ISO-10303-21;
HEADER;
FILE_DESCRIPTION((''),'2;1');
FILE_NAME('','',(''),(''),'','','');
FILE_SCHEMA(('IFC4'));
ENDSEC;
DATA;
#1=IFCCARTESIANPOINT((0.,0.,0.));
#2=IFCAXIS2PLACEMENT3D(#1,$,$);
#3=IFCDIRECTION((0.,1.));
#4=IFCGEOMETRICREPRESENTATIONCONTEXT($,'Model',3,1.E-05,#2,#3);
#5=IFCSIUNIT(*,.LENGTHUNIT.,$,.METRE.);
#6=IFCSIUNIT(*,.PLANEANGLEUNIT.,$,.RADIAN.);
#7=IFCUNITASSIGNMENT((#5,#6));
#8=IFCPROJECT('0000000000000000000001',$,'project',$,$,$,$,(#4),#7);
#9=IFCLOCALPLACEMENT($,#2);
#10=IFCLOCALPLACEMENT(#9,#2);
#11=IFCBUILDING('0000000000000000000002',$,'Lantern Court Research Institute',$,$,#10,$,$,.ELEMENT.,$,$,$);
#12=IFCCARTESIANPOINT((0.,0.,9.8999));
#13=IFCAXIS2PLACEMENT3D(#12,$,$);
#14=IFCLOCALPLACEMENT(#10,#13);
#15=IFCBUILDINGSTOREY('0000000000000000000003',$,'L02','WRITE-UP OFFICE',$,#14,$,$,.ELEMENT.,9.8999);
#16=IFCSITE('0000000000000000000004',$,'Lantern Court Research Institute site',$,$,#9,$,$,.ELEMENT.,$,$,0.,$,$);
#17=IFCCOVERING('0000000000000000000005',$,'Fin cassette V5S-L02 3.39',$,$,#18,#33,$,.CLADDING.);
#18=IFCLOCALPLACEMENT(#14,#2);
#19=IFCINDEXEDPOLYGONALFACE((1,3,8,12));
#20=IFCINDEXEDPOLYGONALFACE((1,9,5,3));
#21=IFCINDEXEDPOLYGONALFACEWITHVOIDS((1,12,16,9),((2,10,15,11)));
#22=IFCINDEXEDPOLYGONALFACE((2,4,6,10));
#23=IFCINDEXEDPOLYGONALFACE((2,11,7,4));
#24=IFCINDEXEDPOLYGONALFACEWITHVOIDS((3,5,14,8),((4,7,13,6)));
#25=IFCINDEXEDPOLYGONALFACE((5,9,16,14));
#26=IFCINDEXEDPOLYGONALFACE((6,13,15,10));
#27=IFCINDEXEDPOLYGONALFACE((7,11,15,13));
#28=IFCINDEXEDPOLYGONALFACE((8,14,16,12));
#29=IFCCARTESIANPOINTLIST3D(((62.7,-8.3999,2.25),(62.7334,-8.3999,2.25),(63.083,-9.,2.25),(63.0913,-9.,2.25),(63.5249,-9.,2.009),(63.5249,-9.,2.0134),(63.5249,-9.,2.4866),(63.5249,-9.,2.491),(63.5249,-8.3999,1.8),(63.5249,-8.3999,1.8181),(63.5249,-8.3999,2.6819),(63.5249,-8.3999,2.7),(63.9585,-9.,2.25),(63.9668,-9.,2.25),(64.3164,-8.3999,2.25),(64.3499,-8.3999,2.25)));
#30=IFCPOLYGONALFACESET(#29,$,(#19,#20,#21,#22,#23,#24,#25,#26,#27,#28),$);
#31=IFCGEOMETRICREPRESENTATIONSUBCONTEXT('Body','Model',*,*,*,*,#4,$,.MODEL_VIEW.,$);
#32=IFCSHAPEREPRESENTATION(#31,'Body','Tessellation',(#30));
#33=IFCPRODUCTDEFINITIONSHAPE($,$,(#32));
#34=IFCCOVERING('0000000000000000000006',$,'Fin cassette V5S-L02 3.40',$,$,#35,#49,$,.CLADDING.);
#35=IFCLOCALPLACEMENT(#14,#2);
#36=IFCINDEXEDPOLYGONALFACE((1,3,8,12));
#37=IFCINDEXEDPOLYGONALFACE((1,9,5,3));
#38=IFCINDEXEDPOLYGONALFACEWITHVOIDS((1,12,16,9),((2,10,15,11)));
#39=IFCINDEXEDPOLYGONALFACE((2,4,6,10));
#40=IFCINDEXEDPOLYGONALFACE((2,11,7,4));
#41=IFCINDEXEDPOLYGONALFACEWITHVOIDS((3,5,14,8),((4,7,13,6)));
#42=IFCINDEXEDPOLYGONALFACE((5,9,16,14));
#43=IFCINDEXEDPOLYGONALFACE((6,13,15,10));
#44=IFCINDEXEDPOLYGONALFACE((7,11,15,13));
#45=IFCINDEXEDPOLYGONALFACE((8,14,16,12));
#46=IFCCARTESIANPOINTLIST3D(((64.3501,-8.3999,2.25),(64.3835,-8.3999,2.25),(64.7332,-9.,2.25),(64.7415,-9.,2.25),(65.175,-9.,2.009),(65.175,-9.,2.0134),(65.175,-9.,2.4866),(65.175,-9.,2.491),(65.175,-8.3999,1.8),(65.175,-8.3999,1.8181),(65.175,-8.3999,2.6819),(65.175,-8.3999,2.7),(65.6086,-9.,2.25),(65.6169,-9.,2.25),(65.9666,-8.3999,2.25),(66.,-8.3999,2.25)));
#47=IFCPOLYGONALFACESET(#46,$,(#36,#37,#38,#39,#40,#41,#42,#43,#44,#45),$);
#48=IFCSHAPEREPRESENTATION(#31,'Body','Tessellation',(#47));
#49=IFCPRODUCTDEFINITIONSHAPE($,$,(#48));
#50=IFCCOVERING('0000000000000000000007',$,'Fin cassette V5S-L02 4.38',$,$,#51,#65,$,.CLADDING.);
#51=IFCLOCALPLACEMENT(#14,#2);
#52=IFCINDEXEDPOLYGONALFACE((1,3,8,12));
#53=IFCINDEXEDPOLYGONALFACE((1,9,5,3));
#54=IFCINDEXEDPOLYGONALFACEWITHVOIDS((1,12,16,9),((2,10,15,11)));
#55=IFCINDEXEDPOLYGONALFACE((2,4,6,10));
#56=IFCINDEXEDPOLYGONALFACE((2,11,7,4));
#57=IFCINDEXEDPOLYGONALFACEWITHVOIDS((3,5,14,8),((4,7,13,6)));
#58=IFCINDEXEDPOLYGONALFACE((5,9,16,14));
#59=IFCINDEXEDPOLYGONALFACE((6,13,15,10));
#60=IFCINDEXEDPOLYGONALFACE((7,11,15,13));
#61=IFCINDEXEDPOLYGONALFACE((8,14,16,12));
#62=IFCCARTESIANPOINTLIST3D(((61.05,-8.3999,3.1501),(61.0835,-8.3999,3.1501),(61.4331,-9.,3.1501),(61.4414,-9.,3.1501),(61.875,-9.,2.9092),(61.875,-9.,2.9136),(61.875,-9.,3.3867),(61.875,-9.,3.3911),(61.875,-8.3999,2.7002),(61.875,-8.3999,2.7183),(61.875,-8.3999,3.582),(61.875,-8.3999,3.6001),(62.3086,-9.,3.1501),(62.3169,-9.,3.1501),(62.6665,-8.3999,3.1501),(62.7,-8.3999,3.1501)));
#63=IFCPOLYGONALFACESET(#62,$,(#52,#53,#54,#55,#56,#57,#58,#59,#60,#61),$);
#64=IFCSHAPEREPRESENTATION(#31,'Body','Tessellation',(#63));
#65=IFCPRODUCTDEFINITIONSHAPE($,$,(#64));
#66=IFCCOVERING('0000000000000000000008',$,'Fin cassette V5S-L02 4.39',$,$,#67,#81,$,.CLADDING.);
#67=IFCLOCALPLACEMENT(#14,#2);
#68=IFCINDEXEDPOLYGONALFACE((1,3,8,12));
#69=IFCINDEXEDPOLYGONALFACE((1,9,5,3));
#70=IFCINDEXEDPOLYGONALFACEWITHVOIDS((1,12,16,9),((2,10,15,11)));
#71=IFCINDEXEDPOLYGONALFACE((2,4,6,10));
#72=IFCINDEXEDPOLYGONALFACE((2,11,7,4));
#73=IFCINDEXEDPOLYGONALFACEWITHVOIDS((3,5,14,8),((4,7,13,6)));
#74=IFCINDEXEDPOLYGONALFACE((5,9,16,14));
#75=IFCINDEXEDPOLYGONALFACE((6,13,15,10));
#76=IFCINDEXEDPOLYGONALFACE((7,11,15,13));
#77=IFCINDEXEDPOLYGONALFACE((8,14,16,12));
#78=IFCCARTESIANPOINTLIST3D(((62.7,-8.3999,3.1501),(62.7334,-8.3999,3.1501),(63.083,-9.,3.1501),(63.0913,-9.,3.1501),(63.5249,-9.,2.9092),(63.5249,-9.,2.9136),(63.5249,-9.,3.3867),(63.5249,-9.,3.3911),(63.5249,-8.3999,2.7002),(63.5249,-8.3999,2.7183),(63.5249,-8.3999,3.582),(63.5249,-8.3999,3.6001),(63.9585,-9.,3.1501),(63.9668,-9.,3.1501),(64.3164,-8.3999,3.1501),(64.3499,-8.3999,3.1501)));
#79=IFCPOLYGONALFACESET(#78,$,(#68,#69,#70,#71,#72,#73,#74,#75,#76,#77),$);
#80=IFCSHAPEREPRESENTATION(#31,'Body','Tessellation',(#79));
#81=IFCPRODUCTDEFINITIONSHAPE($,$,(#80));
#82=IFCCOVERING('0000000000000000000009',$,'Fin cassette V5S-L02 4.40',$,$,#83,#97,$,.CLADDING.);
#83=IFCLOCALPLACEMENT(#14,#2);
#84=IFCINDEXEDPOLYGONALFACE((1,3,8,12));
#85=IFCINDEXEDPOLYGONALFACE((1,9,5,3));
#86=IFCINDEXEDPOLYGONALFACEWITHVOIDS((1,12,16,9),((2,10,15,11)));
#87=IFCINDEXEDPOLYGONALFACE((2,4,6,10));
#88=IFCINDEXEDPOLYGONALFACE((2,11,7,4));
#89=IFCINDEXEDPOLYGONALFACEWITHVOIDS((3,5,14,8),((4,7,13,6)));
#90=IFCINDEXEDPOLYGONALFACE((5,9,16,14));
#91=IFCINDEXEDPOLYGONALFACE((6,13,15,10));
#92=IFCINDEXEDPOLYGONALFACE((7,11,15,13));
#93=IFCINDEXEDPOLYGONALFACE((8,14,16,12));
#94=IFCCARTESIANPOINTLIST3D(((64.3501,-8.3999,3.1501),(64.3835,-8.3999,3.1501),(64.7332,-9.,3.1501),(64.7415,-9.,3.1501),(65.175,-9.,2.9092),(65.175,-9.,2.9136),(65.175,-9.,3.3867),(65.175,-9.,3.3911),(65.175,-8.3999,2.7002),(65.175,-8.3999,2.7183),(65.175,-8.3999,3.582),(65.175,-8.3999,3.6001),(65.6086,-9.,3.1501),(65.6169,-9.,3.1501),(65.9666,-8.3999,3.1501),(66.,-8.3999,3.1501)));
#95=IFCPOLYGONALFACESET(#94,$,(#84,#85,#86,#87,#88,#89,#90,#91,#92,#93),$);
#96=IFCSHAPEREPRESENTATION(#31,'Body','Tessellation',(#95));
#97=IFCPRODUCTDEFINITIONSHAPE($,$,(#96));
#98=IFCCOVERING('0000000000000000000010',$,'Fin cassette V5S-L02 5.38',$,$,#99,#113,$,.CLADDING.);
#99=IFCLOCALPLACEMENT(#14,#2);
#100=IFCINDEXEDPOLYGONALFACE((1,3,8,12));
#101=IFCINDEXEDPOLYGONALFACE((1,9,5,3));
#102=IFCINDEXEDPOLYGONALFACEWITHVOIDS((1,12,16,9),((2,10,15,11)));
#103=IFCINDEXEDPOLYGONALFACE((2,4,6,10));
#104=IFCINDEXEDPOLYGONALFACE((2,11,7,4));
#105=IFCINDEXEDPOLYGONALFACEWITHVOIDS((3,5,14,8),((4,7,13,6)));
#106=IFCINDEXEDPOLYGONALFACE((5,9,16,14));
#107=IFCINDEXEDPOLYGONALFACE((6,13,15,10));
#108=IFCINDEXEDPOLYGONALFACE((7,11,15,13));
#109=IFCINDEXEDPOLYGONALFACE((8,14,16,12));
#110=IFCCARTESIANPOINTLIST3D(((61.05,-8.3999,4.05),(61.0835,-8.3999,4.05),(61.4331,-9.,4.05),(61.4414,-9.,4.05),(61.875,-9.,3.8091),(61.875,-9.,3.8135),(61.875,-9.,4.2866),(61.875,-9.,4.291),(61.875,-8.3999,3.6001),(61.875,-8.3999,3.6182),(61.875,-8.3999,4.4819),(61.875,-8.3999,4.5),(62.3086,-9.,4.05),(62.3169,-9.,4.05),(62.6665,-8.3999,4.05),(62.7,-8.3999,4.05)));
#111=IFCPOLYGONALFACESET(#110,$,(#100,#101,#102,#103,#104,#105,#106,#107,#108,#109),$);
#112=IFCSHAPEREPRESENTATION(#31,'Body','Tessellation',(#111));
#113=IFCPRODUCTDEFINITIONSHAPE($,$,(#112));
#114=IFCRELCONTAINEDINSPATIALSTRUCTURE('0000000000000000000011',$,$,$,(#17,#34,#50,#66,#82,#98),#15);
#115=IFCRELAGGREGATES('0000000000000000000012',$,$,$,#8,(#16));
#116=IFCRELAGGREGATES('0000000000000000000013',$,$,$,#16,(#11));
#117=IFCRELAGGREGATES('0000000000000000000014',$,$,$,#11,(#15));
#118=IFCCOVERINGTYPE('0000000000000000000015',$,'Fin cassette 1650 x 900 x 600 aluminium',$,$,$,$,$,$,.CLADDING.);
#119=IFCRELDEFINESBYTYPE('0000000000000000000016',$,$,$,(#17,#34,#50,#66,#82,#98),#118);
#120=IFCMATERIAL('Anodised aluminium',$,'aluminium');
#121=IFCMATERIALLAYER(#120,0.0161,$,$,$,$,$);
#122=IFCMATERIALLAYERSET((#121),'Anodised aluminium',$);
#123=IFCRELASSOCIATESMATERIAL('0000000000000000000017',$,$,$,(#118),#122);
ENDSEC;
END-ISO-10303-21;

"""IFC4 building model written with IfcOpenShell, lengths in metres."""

from ifc_helpers import new_model, entity, si_unit, direction, frame, origin, place, context, subcontext, project, spatial, material, layer, layer_set, type_object, element, save


model = new_model("IFC4")

# Units and contexts
model_context = context("Model", 3, precision=1e-05, world=origin(), true_north=direction((0.0, 1.0)))
body_context = subcontext(model_context, "Body", "Model", "MODEL_VIEW")
ifc_project = project(units=[si_unit("LENGTHUNIT", "METRE"), si_unit("PLANEANGLEUNIT", "RADIAN")], contexts=[model_context])

# Site, building, storey
site_placement = place(None, origin())
site = spatial("IfcSite", under=ifc_project, at=site_placement, Name="Lantern Court Research Institute site", CompositionType="ELEMENT", RefElevation=0.0)
building_placement = place(site_placement, origin())
building = spatial("IfcBuilding", under=site, at=building_placement, Name="Lantern Court Research Institute", CompositionType="ELEMENT")
storey_placement = place(building_placement, frame((0.0, 0.0, 9.8999)))
storey = spatial("IfcBuildingStorey", under=building, at=storey_placement, Name="L02", Description="WRITE-UP OFFICE", CompositionType="ELEMENT", Elevation=9.8999)

# Coverings
ifc_material_1 = material(Name="Anodised aluminium", Category="aluminium")
ifc_layer_1 = layer(ifc_material_1, 0.0161)
ifc_layer_set_1 = layer_set([ifc_layer_1], Name="Anodised aluminium")
covering_type = type_object("IfcCoveringType", Name="Fin cassette 1650 x 900 x 600 aluminium", PredefinedType="CLADDING", material=ifc_layer_set_1)
covering_1_placement = place(storey_placement, frame((63.5249, -8.3999, 2.25), z_axis=(0.0, -1.0, 0.0), x_axis=(1.0, 0.0, 0.0)))
cartesian_point_1 = entity("IfcCartesianPoint", [0.825, 0.0])
cartesian_point_2 = entity("IfcCartesianPoint", [0.7915, 0.0])
cartesian_point_3 = entity("IfcCartesianPoint", [0.4419, 0.0])
cartesian_point_4 = entity("IfcCartesianPoint", [0.4336, 0.0])
element("IfcCovering", 1, at=covering_1_placement, inside=storey, type_object=covering_type, Name="Fin cassette V5S-L02 3.39", PredefinedType="CLADDING", context=body_context, shape_type="SweptSolid", body=[
    entity("IfcExtrudedAreaSolidTapered", entity("IfcArbitraryProfileDefWithVoids", "AREA", None, entity("IfcPolyline", [cartesian_point_1, entity("IfcCartesianPoint", [0.0, 0.45]), entity("IfcCartesianPoint", [-0.825, 0.0]), entity("IfcCartesianPoint", [0.0, -0.45]), cartesian_point_1]), [entity("IfcPolyline", [cartesian_point_2, entity("IfcCartesianPoint", [0.0, 0.4319]), entity("IfcCartesianPoint", [-0.7915, 0.0]), entity("IfcCartesianPoint", [0.0, -0.4319]), cartesian_point_2])]), entity("IfcAxis2Placement3D", entity("IfcCartesianPoint", [0.0, 0.0, 0.0])), entity("IfcDirection", [0.0, 0.0, 1.0]), 0.6001, entity("IfcArbitraryProfileDefWithVoids", "AREA", None, entity("IfcPolyline", [cartesian_point_3, entity("IfcCartesianPoint", [0.0, 0.241]), entity("IfcCartesianPoint", [-0.4419, 0.0]), entity("IfcCartesianPoint", [0.0, -0.241]), cartesian_point_3]), [entity("IfcPolyline", [cartesian_point_4, entity("IfcCartesianPoint", [0.0, 0.2366]), entity("IfcCartesianPoint", [-0.4336, 0.0]), entity("IfcCartesianPoint", [0.0, -0.2366]), cartesian_point_4])])),
])
covering_2_placement = place(storey_placement, frame((65.175, -8.3999, 2.25), z_axis=(0.0, -1.0, 0.0), x_axis=(1.0, 0.0, 0.0)))
cartesian_point_5 = entity("IfcCartesianPoint", [0.825, 0.0])
cartesian_point_6 = entity("IfcCartesianPoint", [0.7915, 0.0])
cartesian_point_7 = entity("IfcCartesianPoint", [0.4419, 0.0])
cartesian_point_8 = entity("IfcCartesianPoint", [0.4336, 0.0])
element("IfcCovering", 2, at=covering_2_placement, inside=storey, type_object=covering_type, Name="Fin cassette V5S-L02 3.40", PredefinedType="CLADDING", context=body_context, shape_type="SweptSolid", body=[
    entity("IfcExtrudedAreaSolidTapered", entity("IfcArbitraryProfileDefWithVoids", "AREA", None, entity("IfcPolyline", [cartesian_point_5, entity("IfcCartesianPoint", [0.0, 0.45]), entity("IfcCartesianPoint", [-0.825, 0.0]), entity("IfcCartesianPoint", [0.0, -0.45]), cartesian_point_5]), [entity("IfcPolyline", [cartesian_point_6, entity("IfcCartesianPoint", [0.0, 0.4319]), entity("IfcCartesianPoint", [-0.7915, 0.0]), entity("IfcCartesianPoint", [0.0, -0.4319]), cartesian_point_6])]), entity("IfcAxis2Placement3D", entity("IfcCartesianPoint", [0.0, 0.0, 0.0])), entity("IfcDirection", [0.0, 0.0, 1.0]), 0.6001, entity("IfcArbitraryProfileDefWithVoids", "AREA", None, entity("IfcPolyline", [cartesian_point_7, entity("IfcCartesianPoint", [0.0, 0.241]), entity("IfcCartesianPoint", [-0.4419, 0.0]), entity("IfcCartesianPoint", [0.0, -0.241]), cartesian_point_7]), [entity("IfcPolyline", [cartesian_point_8, entity("IfcCartesianPoint", [0.0, 0.2366]), entity("IfcCartesianPoint", [-0.4336, 0.0]), entity("IfcCartesianPoint", [0.0, -0.2366]), cartesian_point_8])])),
])
covering_3_placement = place(storey_placement, frame((61.875, -8.3999, 3.1501), z_axis=(0.0, -1.0, 0.0), x_axis=(1.0, 0.0, 0.0)))
cartesian_point_9 = entity("IfcCartesianPoint", [0.825, 0.0])
cartesian_point_10 = entity("IfcCartesianPoint", [0.7915, 0.0])
cartesian_point_11 = entity("IfcCartesianPoint", [0.4419, 0.0])
cartesian_point_12 = entity("IfcCartesianPoint", [0.4336, 0.0])
element("IfcCovering", 3, at=covering_3_placement, inside=storey, type_object=covering_type, Name="Fin cassette V5S-L02 4.38", PredefinedType="CLADDING", context=body_context, shape_type="SweptSolid", body=[
    entity("IfcExtrudedAreaSolidTapered", entity("IfcArbitraryProfileDefWithVoids", "AREA", None, entity("IfcPolyline", [cartesian_point_9, entity("IfcCartesianPoint", [0.0, 0.45]), entity("IfcCartesianPoint", [-0.825, 0.0]), entity("IfcCartesianPoint", [0.0, -0.45]), cartesian_point_9]), [entity("IfcPolyline", [cartesian_point_10, entity("IfcCartesianPoint", [0.0, 0.4319]), entity("IfcCartesianPoint", [-0.7915, 0.0]), entity("IfcCartesianPoint", [0.0, -0.4319]), cartesian_point_10])]), entity("IfcAxis2Placement3D", entity("IfcCartesianPoint", [0.0, 0.0, 0.0])), entity("IfcDirection", [0.0, 0.0, 1.0]), 0.6001, entity("IfcArbitraryProfileDefWithVoids", "AREA", None, entity("IfcPolyline", [cartesian_point_11, entity("IfcCartesianPoint", [0.0, 0.241]), entity("IfcCartesianPoint", [-0.4419, 0.0]), entity("IfcCartesianPoint", [0.0, -0.241]), cartesian_point_11]), [entity("IfcPolyline", [cartesian_point_12, entity("IfcCartesianPoint", [0.0, 0.2366]), entity("IfcCartesianPoint", [-0.4336, 0.0]), entity("IfcCartesianPoint", [0.0, -0.2366]), cartesian_point_12])])),
])
covering_4_placement = place(storey_placement, frame((63.5249, -8.3999, 3.1501), z_axis=(0.0, -1.0, 0.0), x_axis=(1.0, 0.0, 0.0)))
cartesian_point_13 = entity("IfcCartesianPoint", [0.825, 0.0])
cartesian_point_14 = entity("IfcCartesianPoint", [0.7915, 0.0])
cartesian_point_15 = entity("IfcCartesianPoint", [0.4419, 0.0])
cartesian_point_16 = entity("IfcCartesianPoint", [0.4336, 0.0])
element("IfcCovering", 4, at=covering_4_placement, inside=storey, type_object=covering_type, Name="Fin cassette V5S-L02 4.39", PredefinedType="CLADDING", context=body_context, shape_type="SweptSolid", body=[
    entity("IfcExtrudedAreaSolidTapered", entity("IfcArbitraryProfileDefWithVoids", "AREA", None, entity("IfcPolyline", [cartesian_point_13, entity("IfcCartesianPoint", [0.0, 0.45]), entity("IfcCartesianPoint", [-0.825, 0.0]), entity("IfcCartesianPoint", [0.0, -0.45]), cartesian_point_13]), [entity("IfcPolyline", [cartesian_point_14, entity("IfcCartesianPoint", [0.0, 0.4319]), entity("IfcCartesianPoint", [-0.7915, 0.0]), entity("IfcCartesianPoint", [0.0, -0.4319]), cartesian_point_14])]), entity("IfcAxis2Placement3D", entity("IfcCartesianPoint", [0.0, 0.0, 0.0])), entity("IfcDirection", [0.0, 0.0, 1.0]), 0.6001, entity("IfcArbitraryProfileDefWithVoids", "AREA", None, entity("IfcPolyline", [cartesian_point_15, entity("IfcCartesianPoint", [0.0, 0.241]), entity("IfcCartesianPoint", [-0.4419, 0.0]), entity("IfcCartesianPoint", [0.0, -0.241]), cartesian_point_15]), [entity("IfcPolyline", [cartesian_point_16, entity("IfcCartesianPoint", [0.0, 0.2366]), entity("IfcCartesianPoint", [-0.4336, 0.0]), entity("IfcCartesianPoint", [0.0, -0.2366]), cartesian_point_16])])),
])
covering_5_placement = place(storey_placement, frame((65.175, -8.3999, 3.1501), z_axis=(0.0, -1.0, 0.0), x_axis=(1.0, 0.0, 0.0)))
cartesian_point_17 = entity("IfcCartesianPoint", [0.825, 0.0])
cartesian_point_18 = entity("IfcCartesianPoint", [0.7915, 0.0])
cartesian_point_19 = entity("IfcCartesianPoint", [0.4419, 0.0])
cartesian_point_20 = entity("IfcCartesianPoint", [0.4336, 0.0])
element("IfcCovering", 5, at=covering_5_placement, inside=storey, type_object=covering_type, Name="Fin cassette V5S-L02 4.40", PredefinedType="CLADDING", context=body_context, shape_type="SweptSolid", body=[
    entity("IfcExtrudedAreaSolidTapered", entity("IfcArbitraryProfileDefWithVoids", "AREA", None, entity("IfcPolyline", [cartesian_point_17, entity("IfcCartesianPoint", [0.0, 0.45]), entity("IfcCartesianPoint", [-0.825, 0.0]), entity("IfcCartesianPoint", [0.0, -0.45]), cartesian_point_17]), [entity("IfcPolyline", [cartesian_point_18, entity("IfcCartesianPoint", [0.0, 0.4319]), entity("IfcCartesianPoint", [-0.7915, 0.0]), entity("IfcCartesianPoint", [0.0, -0.4319]), cartesian_point_18])]), entity("IfcAxis2Placement3D", entity("IfcCartesianPoint", [0.0, 0.0, 0.0])), entity("IfcDirection", [0.0, 0.0, 1.0]), 0.6001, entity("IfcArbitraryProfileDefWithVoids", "AREA", None, entity("IfcPolyline", [cartesian_point_19, entity("IfcCartesianPoint", [0.0, 0.241]), entity("IfcCartesianPoint", [-0.4419, 0.0]), entity("IfcCartesianPoint", [0.0, -0.241]), cartesian_point_19]), [entity("IfcPolyline", [cartesian_point_20, entity("IfcCartesianPoint", [0.0, 0.2366]), entity("IfcCartesianPoint", [-0.4336, 0.0]), entity("IfcCartesianPoint", [0.0, -0.2366]), cartesian_point_20])])),
])
covering_6_placement = place(storey_placement, frame((61.875, -8.3999, 4.05), z_axis=(0.0, -1.0, 0.0), x_axis=(1.0, 0.0, 0.0)))
cartesian_point_21 = entity("IfcCartesianPoint", [0.825, 0.0])
cartesian_point_22 = entity("IfcCartesianPoint", [0.7915, 0.0])
cartesian_point_23 = entity("IfcCartesianPoint", [0.4419, 0.0])
cartesian_point_24 = entity("IfcCartesianPoint", [0.4336, 0.0])
element("IfcCovering", 6, at=covering_6_placement, inside=storey, type_object=covering_type, Name="Fin cassette V5S-L02 5.38", PredefinedType="CLADDING", context=body_context, shape_type="SweptSolid", body=[
    entity("IfcExtrudedAreaSolidTapered", entity("IfcArbitraryProfileDefWithVoids", "AREA", None, entity("IfcPolyline", [cartesian_point_21, entity("IfcCartesianPoint", [0.0, 0.45]), entity("IfcCartesianPoint", [-0.825, 0.0]), entity("IfcCartesianPoint", [0.0, -0.45]), cartesian_point_21]), [entity("IfcPolyline", [cartesian_point_22, entity("IfcCartesianPoint", [0.0, 0.4319]), entity("IfcCartesianPoint", [-0.7915, 0.0]), entity("IfcCartesianPoint", [0.0, -0.4319]), cartesian_point_22])]), entity("IfcAxis2Placement3D", entity("IfcCartesianPoint", [0.0, 0.0, 0.0])), entity("IfcDirection", [0.0, 0.0, 1.0]), 0.6001, entity("IfcArbitraryProfileDefWithVoids", "AREA", None, entity("IfcPolyline", [cartesian_point_23, entity("IfcCartesianPoint", [0.0, 0.241]), entity("IfcCartesianPoint", [-0.4419, 0.0]), entity("IfcCartesianPoint", [0.0, -0.241]), cartesian_point_23]), [entity("IfcPolyline", [cartesian_point_24, entity("IfcCartesianPoint", [0.0, 0.2366]), entity("IfcCartesianPoint", [-0.4336, 0.0]), entity("IfcCartesianPoint", [0.0, -0.2366]), cartesian_point_24])])),
])

save(model, "model.ifc")
